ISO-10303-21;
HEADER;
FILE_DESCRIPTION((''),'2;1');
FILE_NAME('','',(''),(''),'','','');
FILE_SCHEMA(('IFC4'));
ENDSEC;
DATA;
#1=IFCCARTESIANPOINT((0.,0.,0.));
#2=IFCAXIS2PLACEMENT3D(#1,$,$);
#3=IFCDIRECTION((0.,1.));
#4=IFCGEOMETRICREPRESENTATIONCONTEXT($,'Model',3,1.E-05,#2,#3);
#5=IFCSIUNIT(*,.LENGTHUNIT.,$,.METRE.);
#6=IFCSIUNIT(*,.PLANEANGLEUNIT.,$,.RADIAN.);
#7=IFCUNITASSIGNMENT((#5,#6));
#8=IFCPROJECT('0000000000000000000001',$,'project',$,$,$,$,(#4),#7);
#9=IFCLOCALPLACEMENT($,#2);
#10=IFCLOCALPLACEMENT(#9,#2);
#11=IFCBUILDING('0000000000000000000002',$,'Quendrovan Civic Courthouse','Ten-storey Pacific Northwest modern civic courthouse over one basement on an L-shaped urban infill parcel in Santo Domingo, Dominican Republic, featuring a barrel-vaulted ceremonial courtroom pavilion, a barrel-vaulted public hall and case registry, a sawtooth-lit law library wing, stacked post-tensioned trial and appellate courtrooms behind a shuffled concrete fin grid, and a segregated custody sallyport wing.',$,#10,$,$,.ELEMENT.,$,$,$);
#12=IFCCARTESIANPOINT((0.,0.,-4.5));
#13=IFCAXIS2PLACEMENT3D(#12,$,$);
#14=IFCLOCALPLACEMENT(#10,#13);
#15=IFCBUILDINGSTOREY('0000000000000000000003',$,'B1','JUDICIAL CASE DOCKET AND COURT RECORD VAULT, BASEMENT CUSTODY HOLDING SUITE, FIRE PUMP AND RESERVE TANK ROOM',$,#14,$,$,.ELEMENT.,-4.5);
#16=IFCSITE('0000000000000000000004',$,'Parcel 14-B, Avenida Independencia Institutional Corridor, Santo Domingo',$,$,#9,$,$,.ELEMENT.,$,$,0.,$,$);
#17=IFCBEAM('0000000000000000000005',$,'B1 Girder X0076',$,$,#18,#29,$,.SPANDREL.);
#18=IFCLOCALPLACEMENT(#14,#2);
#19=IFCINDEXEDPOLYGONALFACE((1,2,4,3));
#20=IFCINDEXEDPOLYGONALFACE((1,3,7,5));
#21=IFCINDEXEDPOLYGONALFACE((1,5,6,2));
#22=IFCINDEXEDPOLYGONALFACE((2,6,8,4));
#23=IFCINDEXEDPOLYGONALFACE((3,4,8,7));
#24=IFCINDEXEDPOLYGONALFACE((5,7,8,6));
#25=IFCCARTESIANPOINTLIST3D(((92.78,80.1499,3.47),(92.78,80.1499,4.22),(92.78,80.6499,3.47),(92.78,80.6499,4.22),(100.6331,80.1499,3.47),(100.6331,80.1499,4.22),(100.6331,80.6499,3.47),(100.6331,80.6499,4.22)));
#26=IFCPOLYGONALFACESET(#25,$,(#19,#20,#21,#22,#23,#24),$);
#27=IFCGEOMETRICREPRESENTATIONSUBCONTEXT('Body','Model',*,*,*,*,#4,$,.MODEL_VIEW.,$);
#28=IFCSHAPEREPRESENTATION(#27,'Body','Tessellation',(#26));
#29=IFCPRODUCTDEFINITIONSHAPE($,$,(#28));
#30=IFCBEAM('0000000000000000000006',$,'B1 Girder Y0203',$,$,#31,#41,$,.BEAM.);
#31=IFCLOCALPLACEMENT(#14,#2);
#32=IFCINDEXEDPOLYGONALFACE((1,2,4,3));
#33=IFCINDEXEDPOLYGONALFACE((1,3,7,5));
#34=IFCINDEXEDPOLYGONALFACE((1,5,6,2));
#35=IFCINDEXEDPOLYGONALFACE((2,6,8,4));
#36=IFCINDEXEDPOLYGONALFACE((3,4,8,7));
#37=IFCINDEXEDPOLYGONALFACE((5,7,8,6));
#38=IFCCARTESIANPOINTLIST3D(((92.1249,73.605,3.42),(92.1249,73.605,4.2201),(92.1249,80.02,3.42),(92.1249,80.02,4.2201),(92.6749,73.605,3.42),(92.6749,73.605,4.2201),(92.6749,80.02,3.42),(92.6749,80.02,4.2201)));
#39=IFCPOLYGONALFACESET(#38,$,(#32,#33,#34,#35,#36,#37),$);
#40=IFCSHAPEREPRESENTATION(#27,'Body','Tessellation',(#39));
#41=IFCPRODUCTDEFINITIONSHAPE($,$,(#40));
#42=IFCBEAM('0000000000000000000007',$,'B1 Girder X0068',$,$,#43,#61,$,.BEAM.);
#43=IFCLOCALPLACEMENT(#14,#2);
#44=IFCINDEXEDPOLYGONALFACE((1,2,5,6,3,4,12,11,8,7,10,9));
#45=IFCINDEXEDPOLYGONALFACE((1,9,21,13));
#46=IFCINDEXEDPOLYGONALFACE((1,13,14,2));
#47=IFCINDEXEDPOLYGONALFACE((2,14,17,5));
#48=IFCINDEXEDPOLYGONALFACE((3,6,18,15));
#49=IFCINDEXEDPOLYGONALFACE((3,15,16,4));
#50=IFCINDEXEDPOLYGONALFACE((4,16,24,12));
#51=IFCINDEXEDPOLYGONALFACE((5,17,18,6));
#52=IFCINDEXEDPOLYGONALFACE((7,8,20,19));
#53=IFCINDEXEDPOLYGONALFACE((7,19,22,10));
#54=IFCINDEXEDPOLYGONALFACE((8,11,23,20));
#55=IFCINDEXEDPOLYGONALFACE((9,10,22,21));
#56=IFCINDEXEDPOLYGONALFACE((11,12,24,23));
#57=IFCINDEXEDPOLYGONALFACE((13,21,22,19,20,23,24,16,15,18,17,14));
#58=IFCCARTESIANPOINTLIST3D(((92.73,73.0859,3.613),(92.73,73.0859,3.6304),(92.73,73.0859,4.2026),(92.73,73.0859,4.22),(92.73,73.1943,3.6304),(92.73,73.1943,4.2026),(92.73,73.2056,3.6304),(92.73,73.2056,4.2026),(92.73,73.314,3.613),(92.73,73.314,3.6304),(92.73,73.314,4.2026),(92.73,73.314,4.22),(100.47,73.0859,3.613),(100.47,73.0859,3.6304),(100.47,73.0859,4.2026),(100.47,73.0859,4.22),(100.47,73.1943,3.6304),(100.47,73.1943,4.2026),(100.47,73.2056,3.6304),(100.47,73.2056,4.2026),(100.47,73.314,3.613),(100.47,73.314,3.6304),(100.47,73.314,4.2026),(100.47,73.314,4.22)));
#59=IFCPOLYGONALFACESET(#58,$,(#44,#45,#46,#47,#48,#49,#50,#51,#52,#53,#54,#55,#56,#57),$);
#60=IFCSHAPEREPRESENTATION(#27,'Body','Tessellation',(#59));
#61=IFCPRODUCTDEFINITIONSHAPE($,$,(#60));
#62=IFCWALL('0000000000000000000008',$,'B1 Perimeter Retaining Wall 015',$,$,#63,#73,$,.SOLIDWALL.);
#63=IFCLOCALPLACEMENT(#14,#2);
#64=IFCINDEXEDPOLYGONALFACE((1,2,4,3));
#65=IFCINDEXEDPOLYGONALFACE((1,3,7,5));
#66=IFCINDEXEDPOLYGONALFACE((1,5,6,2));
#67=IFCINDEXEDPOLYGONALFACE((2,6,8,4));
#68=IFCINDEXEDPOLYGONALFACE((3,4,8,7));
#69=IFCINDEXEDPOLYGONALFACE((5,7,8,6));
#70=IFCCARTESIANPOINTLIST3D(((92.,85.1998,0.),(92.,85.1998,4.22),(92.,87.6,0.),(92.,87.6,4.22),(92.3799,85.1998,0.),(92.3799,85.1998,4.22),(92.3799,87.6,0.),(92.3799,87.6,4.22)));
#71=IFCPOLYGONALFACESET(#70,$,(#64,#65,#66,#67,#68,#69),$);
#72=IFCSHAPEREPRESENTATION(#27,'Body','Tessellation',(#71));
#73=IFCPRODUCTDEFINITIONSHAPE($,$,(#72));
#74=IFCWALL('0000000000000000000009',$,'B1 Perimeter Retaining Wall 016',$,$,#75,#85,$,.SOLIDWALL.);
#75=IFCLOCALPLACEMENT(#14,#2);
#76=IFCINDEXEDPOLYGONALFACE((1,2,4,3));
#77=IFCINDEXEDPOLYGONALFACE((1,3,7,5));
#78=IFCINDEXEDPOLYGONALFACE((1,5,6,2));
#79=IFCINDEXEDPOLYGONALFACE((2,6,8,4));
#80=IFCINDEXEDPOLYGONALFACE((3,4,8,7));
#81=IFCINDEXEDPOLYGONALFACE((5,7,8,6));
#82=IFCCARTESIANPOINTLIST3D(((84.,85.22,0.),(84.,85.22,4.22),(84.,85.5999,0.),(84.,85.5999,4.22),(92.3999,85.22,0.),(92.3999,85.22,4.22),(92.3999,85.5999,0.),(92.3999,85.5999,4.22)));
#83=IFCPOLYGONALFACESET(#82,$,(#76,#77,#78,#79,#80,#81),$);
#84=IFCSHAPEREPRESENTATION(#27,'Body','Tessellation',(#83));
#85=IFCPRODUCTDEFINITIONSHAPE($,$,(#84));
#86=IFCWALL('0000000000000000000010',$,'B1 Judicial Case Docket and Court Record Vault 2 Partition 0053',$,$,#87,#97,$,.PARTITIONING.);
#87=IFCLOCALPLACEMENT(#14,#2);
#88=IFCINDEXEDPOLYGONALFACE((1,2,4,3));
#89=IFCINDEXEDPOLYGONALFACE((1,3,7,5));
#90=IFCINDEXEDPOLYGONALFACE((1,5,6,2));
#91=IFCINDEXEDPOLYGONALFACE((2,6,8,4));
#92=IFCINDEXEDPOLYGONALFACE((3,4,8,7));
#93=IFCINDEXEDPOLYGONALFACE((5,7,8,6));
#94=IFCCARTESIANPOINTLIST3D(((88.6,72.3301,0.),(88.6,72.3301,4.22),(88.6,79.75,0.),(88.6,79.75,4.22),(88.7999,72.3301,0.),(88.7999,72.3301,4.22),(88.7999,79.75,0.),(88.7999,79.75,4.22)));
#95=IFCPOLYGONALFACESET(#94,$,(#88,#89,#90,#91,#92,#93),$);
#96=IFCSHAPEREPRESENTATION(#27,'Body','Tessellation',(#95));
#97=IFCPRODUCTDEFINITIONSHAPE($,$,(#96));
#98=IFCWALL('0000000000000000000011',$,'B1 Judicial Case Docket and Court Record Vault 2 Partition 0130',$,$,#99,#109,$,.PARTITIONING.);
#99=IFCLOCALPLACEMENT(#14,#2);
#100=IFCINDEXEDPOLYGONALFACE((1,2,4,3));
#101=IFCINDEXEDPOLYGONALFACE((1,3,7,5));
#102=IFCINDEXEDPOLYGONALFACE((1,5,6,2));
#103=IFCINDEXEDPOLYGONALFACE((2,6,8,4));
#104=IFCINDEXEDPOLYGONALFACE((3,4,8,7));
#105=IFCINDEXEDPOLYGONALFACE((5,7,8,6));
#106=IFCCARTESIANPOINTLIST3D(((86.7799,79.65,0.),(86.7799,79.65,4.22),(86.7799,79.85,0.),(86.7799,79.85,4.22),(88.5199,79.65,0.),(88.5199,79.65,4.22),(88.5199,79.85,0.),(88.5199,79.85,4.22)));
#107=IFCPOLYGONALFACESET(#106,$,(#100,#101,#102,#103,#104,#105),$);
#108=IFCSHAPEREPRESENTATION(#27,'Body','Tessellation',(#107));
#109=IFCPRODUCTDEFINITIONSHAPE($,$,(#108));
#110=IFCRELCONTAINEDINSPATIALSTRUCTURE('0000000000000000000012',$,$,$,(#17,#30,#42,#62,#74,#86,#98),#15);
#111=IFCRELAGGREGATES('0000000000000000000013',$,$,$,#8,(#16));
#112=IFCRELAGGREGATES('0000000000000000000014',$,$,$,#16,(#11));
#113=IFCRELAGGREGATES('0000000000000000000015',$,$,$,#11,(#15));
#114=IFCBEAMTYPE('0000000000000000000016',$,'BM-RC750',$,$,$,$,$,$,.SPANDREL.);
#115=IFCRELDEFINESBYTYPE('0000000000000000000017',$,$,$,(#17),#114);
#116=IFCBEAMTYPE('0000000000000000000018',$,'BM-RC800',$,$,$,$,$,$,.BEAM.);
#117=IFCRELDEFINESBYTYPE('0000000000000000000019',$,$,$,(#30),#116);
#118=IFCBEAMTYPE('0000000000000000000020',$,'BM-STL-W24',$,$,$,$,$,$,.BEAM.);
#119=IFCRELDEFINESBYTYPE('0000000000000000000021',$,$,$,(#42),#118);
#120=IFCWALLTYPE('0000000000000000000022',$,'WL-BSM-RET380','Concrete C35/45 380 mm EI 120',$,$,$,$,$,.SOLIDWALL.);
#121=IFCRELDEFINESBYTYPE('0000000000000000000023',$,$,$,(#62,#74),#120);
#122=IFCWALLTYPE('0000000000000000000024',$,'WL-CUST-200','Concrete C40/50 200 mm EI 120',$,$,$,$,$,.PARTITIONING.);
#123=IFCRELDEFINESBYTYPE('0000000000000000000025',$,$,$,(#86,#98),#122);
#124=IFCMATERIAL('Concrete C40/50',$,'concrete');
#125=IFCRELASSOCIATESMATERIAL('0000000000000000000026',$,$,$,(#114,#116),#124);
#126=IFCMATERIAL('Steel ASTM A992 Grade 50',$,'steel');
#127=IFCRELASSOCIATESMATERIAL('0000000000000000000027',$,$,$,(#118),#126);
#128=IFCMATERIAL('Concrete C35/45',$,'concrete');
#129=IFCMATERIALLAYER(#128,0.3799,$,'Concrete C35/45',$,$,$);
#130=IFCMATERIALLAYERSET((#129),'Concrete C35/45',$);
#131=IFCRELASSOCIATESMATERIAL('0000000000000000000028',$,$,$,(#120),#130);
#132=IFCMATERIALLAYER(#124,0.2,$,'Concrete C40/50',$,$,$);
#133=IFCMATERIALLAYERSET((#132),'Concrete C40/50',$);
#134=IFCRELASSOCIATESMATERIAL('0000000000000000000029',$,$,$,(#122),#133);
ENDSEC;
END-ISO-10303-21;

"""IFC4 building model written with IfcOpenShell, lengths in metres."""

from ifc_helpers import new_model, si_unit, direction, frame, frame_2d, origin, origin_2d, place, context, subcontext, project, spatial, rectangle, i_section, extrude, material, layer, layer_set, material_profile, profile_set, type_object, element, save


model = new_model("IFC4")

# Units and contexts
model_context = context("Model", 3, precision=1e-05, world=origin(), true_north=direction((0.0, 1.0)))
body_context = subcontext(model_context, "Body", "Model", "MODEL_VIEW")
ifc_project = project(units=[si_unit("LENGTHUNIT", "METRE"), si_unit("PLANEANGLEUNIT", "RADIAN")], contexts=[model_context])

# Site, building, storey
site_placement = place(None, origin())
site = spatial("IfcSite", under=ifc_project, at=site_placement, Name="Parcel 14-B, Avenida Independencia Institutional Corridor, Santo Domingo", CompositionType="ELEMENT", RefElevation=0.0)
building_placement = place(site_placement, origin())
building = spatial("IfcBuilding", under=site, at=building_placement, Name="Quendrovan Civic Courthouse", Description="Ten-storey Pacific Northwest modern civic courthouse over one basement on an L-shaped urban infill parcel in Santo Domingo, Dominican Republic, featuring a barrel-vaulted ceremonial courtroom pavilion, a barrel-vaulted public hall and case registry, a sawtooth-lit law library wing, stacked post-tensioned trial and appellate courtrooms behind a shuffled concrete fin grid, and a segregated custody sallyport wing.", CompositionType="ELEMENT")
storey_placement = place(building_placement, frame((0.0, 0.0, -4.5)))
storey = spatial("IfcBuildingStorey", under=building, at=storey_placement, Name="B1", Description="JUDICIAL CASE DOCKET AND COURT RECORD VAULT, BASEMENT CUSTODY HOLDING SUITE, FIRE PUMP AND RESERVE TANK ROOM", CompositionType="ELEMENT", Elevation=-4.5)

# Shared definitions
ifc_material_1 = material(Name="Concrete C35/45", Category="concrete")

# Shared definitions
ifc_material_2 = material(Name="Concrete C40/50", Category="concrete")

# Beams
ifc_material_profile_1 = material_profile(ifc_material_2, rectangle(XDim=0.5, YDim=0.75, at=origin_2d()), Name="RC-BM-500x750")
ifc_profile_set_1 = profile_set([ifc_material_profile_1], Name="Concrete C40/50")
beam_type_1 = type_object("IfcBeamType", Name="BM-RC750", PredefinedType="SPANDREL", material=ifc_profile_set_1)
beam_1_placement = place(storey_placement, frame((92.78, 80.3999, 3.845), z_axis=(1.0, 0.0, 0.0), x_axis=(0.0, 1.0, 0.0)))
element("IfcBeam", 1, at=beam_1_placement, inside=storey, type_object=beam_type_1, Name="B1 Girder X0076", PredefinedType="SPANDREL", context=body_context, shape_type="SweptSolid", body=[
    extrude(rectangle(XDim=0.5, YDim=0.75, at=origin_2d()), origin(), (0.0, 0.0, 1.0), 7.853),
])
ifc_material_profile_2 = material_profile(ifc_material_2, rectangle(XDim=0.55, YDim=0.8, at=origin_2d()), Name="RC-BM-550x800")
ifc_profile_set_2 = profile_set([ifc_material_profile_2], Name="Concrete C40/50")
beam_type_2 = type_object("IfcBeamType", Name="BM-RC800", PredefinedType="BEAM", material=ifc_profile_set_2)
beam_2_placement = place(storey_placement, frame((92.3999, 73.605, 3.8201), z_axis=(0.0, 1.0, 0.0), x_axis=(-1.0, 0.0, 0.0)))
element("IfcBeam", 2, at=beam_2_placement, inside=storey, type_object=beam_type_2, Name="B1 Girder Y0203", PredefinedType="BEAM", context=body_context, shape_type="SweptSolid", body=[
    extrude(rectangle(XDim=0.55, YDim=0.8, at=origin_2d()), origin(), (0.0, 0.0, 1.0), 6.415),
])
ifc_material_3 = material(Name="Steel ASTM A992 Grade 50", Category="steel")
ifc_material_profile_3 = material_profile(ifc_material_3, i_section(OverallWidth=0.228, OverallDepth=0.6069, WebThickness=0.0112, FlangeThickness=0.0173, at=origin_2d()), Name="W24X76")
ifc_profile_set_3 = profile_set([ifc_material_profile_3], Name="Steel ASTM A992 Grade 50")
beam_type_3 = type_object("IfcBeamType", Name="BM-STL-W24", PredefinedType="BEAM", material=ifc_profile_set_3)
beam_3_placement = place(storey_placement, frame((92.73, 73.2, 3.9165), z_axis=(1.0, 0.0, 0.0), x_axis=(0.0, 1.0, 0.0)))
element("IfcBeam", 3, at=beam_3_placement, inside=storey, type_object=beam_type_3, Name="B1 Girder X0068", PredefinedType="BEAM", context=body_context, shape_type="SweptSolid", body=[
    extrude(i_section(OverallWidth=0.228, OverallDepth=0.6069, WebThickness=0.0112, FlangeThickness=0.0173, at=origin_2d()), origin(), (0.0, 0.0, 1.0), 7.74),
])

# Walls
ifc_layer_1 = layer(ifc_material_1, 0.3799, Name="Concrete C35/45")
ifc_layer_set_1 = layer_set([ifc_layer_1], Name="Concrete C35/45")
wall_type_1 = type_object("IfcWallType", Name="WL-BSM-RET380", Description="Concrete C35/45 380 mm EI 120", PredefinedType="SOLIDWALL", material=ifc_layer_set_1)
wall_1_placement = place(storey_placement, frame((92.1899, 87.6001, 0.0), z_axis=(0.0, 0.0, 1.0), x_axis=(0.0, -1.0, 0.0)))
element("IfcWall", 4, at=wall_1_placement, inside=storey, type_object=wall_type_1, Name="B1 Perimeter Retaining Wall 015", PredefinedType="SOLIDWALL", context=body_context, shape_type="SweptSolid", body=[
    extrude(rectangle(XDim=2.4001, YDim=0.3799, at=frame_2d((1.2002, 0.0))), origin(), (0.0, 0.0, 1.0), 4.22),
])
wall_2_placement = place(storey_placement, frame((92.3999, 85.4099, 0.0), z_axis=(0.0, 0.0, 1.0), x_axis=(-1.0, 0.0, 0.0)))
element("IfcWall", 5, at=wall_2_placement, inside=storey, type_object=wall_type_1, Name="B1 Perimeter Retaining Wall 016", PredefinedType="SOLIDWALL", context=body_context, shape_type="SweptSolid", body=[
    extrude(rectangle(XDim=8.3999, YDim=0.3799, at=frame_2d((4.2, 0.0))), origin(), (0.0, 0.0, 1.0), 4.22),
])
ifc_layer_2 = layer(ifc_material_2, 0.2, Name="Concrete C40/50")
ifc_layer_set_2 = layer_set([ifc_layer_2], Name="Concrete C40/50")
wall_type_2 = type_object("IfcWallType", Name="WL-CUST-200", Description="Concrete C40/50 200 mm EI 120", PredefinedType="PARTITIONING", material=ifc_layer_set_2)
wall_3_placement = place(storey_placement, frame((88.7, 72.3301, 0.0), z_axis=(0.0, 0.0, 1.0), x_axis=(0.0, 1.0, 0.0)))
element("IfcWall", 6, at=wall_3_placement, inside=storey, type_object=wall_type_2, Name="B1 Judicial Case Docket and Court Record Vault 2 Partition 0053", PredefinedType="PARTITIONING", context=body_context, shape_type="SweptSolid", body=[
    extrude(rectangle(XDim=7.4199, YDim=0.2, at=frame_2d((3.71, 0.0))), origin(), (0.0, 0.0, 1.0), 4.22),
])
wall_4_placement = place(storey_placement, frame((88.52, 79.75, 0.0), z_axis=(0.0, 0.0, 1.0), x_axis=(-1.0, 0.0, 0.0)))
element("IfcWall", 7, at=wall_4_placement, inside=storey, type_object=wall_type_2, Name="B1 Judicial Case Docket and Court Record Vault 2 Partition 0130", PredefinedType="PARTITIONING", context=body_context, shape_type="SweptSolid", body=[
    extrude(rectangle(XDim=1.74, YDim=0.2, at=frame_2d((0.8701, 0.0))), origin(), (0.0, 0.0, 1.0), 4.22),
])

save(model, "model.ifc")
